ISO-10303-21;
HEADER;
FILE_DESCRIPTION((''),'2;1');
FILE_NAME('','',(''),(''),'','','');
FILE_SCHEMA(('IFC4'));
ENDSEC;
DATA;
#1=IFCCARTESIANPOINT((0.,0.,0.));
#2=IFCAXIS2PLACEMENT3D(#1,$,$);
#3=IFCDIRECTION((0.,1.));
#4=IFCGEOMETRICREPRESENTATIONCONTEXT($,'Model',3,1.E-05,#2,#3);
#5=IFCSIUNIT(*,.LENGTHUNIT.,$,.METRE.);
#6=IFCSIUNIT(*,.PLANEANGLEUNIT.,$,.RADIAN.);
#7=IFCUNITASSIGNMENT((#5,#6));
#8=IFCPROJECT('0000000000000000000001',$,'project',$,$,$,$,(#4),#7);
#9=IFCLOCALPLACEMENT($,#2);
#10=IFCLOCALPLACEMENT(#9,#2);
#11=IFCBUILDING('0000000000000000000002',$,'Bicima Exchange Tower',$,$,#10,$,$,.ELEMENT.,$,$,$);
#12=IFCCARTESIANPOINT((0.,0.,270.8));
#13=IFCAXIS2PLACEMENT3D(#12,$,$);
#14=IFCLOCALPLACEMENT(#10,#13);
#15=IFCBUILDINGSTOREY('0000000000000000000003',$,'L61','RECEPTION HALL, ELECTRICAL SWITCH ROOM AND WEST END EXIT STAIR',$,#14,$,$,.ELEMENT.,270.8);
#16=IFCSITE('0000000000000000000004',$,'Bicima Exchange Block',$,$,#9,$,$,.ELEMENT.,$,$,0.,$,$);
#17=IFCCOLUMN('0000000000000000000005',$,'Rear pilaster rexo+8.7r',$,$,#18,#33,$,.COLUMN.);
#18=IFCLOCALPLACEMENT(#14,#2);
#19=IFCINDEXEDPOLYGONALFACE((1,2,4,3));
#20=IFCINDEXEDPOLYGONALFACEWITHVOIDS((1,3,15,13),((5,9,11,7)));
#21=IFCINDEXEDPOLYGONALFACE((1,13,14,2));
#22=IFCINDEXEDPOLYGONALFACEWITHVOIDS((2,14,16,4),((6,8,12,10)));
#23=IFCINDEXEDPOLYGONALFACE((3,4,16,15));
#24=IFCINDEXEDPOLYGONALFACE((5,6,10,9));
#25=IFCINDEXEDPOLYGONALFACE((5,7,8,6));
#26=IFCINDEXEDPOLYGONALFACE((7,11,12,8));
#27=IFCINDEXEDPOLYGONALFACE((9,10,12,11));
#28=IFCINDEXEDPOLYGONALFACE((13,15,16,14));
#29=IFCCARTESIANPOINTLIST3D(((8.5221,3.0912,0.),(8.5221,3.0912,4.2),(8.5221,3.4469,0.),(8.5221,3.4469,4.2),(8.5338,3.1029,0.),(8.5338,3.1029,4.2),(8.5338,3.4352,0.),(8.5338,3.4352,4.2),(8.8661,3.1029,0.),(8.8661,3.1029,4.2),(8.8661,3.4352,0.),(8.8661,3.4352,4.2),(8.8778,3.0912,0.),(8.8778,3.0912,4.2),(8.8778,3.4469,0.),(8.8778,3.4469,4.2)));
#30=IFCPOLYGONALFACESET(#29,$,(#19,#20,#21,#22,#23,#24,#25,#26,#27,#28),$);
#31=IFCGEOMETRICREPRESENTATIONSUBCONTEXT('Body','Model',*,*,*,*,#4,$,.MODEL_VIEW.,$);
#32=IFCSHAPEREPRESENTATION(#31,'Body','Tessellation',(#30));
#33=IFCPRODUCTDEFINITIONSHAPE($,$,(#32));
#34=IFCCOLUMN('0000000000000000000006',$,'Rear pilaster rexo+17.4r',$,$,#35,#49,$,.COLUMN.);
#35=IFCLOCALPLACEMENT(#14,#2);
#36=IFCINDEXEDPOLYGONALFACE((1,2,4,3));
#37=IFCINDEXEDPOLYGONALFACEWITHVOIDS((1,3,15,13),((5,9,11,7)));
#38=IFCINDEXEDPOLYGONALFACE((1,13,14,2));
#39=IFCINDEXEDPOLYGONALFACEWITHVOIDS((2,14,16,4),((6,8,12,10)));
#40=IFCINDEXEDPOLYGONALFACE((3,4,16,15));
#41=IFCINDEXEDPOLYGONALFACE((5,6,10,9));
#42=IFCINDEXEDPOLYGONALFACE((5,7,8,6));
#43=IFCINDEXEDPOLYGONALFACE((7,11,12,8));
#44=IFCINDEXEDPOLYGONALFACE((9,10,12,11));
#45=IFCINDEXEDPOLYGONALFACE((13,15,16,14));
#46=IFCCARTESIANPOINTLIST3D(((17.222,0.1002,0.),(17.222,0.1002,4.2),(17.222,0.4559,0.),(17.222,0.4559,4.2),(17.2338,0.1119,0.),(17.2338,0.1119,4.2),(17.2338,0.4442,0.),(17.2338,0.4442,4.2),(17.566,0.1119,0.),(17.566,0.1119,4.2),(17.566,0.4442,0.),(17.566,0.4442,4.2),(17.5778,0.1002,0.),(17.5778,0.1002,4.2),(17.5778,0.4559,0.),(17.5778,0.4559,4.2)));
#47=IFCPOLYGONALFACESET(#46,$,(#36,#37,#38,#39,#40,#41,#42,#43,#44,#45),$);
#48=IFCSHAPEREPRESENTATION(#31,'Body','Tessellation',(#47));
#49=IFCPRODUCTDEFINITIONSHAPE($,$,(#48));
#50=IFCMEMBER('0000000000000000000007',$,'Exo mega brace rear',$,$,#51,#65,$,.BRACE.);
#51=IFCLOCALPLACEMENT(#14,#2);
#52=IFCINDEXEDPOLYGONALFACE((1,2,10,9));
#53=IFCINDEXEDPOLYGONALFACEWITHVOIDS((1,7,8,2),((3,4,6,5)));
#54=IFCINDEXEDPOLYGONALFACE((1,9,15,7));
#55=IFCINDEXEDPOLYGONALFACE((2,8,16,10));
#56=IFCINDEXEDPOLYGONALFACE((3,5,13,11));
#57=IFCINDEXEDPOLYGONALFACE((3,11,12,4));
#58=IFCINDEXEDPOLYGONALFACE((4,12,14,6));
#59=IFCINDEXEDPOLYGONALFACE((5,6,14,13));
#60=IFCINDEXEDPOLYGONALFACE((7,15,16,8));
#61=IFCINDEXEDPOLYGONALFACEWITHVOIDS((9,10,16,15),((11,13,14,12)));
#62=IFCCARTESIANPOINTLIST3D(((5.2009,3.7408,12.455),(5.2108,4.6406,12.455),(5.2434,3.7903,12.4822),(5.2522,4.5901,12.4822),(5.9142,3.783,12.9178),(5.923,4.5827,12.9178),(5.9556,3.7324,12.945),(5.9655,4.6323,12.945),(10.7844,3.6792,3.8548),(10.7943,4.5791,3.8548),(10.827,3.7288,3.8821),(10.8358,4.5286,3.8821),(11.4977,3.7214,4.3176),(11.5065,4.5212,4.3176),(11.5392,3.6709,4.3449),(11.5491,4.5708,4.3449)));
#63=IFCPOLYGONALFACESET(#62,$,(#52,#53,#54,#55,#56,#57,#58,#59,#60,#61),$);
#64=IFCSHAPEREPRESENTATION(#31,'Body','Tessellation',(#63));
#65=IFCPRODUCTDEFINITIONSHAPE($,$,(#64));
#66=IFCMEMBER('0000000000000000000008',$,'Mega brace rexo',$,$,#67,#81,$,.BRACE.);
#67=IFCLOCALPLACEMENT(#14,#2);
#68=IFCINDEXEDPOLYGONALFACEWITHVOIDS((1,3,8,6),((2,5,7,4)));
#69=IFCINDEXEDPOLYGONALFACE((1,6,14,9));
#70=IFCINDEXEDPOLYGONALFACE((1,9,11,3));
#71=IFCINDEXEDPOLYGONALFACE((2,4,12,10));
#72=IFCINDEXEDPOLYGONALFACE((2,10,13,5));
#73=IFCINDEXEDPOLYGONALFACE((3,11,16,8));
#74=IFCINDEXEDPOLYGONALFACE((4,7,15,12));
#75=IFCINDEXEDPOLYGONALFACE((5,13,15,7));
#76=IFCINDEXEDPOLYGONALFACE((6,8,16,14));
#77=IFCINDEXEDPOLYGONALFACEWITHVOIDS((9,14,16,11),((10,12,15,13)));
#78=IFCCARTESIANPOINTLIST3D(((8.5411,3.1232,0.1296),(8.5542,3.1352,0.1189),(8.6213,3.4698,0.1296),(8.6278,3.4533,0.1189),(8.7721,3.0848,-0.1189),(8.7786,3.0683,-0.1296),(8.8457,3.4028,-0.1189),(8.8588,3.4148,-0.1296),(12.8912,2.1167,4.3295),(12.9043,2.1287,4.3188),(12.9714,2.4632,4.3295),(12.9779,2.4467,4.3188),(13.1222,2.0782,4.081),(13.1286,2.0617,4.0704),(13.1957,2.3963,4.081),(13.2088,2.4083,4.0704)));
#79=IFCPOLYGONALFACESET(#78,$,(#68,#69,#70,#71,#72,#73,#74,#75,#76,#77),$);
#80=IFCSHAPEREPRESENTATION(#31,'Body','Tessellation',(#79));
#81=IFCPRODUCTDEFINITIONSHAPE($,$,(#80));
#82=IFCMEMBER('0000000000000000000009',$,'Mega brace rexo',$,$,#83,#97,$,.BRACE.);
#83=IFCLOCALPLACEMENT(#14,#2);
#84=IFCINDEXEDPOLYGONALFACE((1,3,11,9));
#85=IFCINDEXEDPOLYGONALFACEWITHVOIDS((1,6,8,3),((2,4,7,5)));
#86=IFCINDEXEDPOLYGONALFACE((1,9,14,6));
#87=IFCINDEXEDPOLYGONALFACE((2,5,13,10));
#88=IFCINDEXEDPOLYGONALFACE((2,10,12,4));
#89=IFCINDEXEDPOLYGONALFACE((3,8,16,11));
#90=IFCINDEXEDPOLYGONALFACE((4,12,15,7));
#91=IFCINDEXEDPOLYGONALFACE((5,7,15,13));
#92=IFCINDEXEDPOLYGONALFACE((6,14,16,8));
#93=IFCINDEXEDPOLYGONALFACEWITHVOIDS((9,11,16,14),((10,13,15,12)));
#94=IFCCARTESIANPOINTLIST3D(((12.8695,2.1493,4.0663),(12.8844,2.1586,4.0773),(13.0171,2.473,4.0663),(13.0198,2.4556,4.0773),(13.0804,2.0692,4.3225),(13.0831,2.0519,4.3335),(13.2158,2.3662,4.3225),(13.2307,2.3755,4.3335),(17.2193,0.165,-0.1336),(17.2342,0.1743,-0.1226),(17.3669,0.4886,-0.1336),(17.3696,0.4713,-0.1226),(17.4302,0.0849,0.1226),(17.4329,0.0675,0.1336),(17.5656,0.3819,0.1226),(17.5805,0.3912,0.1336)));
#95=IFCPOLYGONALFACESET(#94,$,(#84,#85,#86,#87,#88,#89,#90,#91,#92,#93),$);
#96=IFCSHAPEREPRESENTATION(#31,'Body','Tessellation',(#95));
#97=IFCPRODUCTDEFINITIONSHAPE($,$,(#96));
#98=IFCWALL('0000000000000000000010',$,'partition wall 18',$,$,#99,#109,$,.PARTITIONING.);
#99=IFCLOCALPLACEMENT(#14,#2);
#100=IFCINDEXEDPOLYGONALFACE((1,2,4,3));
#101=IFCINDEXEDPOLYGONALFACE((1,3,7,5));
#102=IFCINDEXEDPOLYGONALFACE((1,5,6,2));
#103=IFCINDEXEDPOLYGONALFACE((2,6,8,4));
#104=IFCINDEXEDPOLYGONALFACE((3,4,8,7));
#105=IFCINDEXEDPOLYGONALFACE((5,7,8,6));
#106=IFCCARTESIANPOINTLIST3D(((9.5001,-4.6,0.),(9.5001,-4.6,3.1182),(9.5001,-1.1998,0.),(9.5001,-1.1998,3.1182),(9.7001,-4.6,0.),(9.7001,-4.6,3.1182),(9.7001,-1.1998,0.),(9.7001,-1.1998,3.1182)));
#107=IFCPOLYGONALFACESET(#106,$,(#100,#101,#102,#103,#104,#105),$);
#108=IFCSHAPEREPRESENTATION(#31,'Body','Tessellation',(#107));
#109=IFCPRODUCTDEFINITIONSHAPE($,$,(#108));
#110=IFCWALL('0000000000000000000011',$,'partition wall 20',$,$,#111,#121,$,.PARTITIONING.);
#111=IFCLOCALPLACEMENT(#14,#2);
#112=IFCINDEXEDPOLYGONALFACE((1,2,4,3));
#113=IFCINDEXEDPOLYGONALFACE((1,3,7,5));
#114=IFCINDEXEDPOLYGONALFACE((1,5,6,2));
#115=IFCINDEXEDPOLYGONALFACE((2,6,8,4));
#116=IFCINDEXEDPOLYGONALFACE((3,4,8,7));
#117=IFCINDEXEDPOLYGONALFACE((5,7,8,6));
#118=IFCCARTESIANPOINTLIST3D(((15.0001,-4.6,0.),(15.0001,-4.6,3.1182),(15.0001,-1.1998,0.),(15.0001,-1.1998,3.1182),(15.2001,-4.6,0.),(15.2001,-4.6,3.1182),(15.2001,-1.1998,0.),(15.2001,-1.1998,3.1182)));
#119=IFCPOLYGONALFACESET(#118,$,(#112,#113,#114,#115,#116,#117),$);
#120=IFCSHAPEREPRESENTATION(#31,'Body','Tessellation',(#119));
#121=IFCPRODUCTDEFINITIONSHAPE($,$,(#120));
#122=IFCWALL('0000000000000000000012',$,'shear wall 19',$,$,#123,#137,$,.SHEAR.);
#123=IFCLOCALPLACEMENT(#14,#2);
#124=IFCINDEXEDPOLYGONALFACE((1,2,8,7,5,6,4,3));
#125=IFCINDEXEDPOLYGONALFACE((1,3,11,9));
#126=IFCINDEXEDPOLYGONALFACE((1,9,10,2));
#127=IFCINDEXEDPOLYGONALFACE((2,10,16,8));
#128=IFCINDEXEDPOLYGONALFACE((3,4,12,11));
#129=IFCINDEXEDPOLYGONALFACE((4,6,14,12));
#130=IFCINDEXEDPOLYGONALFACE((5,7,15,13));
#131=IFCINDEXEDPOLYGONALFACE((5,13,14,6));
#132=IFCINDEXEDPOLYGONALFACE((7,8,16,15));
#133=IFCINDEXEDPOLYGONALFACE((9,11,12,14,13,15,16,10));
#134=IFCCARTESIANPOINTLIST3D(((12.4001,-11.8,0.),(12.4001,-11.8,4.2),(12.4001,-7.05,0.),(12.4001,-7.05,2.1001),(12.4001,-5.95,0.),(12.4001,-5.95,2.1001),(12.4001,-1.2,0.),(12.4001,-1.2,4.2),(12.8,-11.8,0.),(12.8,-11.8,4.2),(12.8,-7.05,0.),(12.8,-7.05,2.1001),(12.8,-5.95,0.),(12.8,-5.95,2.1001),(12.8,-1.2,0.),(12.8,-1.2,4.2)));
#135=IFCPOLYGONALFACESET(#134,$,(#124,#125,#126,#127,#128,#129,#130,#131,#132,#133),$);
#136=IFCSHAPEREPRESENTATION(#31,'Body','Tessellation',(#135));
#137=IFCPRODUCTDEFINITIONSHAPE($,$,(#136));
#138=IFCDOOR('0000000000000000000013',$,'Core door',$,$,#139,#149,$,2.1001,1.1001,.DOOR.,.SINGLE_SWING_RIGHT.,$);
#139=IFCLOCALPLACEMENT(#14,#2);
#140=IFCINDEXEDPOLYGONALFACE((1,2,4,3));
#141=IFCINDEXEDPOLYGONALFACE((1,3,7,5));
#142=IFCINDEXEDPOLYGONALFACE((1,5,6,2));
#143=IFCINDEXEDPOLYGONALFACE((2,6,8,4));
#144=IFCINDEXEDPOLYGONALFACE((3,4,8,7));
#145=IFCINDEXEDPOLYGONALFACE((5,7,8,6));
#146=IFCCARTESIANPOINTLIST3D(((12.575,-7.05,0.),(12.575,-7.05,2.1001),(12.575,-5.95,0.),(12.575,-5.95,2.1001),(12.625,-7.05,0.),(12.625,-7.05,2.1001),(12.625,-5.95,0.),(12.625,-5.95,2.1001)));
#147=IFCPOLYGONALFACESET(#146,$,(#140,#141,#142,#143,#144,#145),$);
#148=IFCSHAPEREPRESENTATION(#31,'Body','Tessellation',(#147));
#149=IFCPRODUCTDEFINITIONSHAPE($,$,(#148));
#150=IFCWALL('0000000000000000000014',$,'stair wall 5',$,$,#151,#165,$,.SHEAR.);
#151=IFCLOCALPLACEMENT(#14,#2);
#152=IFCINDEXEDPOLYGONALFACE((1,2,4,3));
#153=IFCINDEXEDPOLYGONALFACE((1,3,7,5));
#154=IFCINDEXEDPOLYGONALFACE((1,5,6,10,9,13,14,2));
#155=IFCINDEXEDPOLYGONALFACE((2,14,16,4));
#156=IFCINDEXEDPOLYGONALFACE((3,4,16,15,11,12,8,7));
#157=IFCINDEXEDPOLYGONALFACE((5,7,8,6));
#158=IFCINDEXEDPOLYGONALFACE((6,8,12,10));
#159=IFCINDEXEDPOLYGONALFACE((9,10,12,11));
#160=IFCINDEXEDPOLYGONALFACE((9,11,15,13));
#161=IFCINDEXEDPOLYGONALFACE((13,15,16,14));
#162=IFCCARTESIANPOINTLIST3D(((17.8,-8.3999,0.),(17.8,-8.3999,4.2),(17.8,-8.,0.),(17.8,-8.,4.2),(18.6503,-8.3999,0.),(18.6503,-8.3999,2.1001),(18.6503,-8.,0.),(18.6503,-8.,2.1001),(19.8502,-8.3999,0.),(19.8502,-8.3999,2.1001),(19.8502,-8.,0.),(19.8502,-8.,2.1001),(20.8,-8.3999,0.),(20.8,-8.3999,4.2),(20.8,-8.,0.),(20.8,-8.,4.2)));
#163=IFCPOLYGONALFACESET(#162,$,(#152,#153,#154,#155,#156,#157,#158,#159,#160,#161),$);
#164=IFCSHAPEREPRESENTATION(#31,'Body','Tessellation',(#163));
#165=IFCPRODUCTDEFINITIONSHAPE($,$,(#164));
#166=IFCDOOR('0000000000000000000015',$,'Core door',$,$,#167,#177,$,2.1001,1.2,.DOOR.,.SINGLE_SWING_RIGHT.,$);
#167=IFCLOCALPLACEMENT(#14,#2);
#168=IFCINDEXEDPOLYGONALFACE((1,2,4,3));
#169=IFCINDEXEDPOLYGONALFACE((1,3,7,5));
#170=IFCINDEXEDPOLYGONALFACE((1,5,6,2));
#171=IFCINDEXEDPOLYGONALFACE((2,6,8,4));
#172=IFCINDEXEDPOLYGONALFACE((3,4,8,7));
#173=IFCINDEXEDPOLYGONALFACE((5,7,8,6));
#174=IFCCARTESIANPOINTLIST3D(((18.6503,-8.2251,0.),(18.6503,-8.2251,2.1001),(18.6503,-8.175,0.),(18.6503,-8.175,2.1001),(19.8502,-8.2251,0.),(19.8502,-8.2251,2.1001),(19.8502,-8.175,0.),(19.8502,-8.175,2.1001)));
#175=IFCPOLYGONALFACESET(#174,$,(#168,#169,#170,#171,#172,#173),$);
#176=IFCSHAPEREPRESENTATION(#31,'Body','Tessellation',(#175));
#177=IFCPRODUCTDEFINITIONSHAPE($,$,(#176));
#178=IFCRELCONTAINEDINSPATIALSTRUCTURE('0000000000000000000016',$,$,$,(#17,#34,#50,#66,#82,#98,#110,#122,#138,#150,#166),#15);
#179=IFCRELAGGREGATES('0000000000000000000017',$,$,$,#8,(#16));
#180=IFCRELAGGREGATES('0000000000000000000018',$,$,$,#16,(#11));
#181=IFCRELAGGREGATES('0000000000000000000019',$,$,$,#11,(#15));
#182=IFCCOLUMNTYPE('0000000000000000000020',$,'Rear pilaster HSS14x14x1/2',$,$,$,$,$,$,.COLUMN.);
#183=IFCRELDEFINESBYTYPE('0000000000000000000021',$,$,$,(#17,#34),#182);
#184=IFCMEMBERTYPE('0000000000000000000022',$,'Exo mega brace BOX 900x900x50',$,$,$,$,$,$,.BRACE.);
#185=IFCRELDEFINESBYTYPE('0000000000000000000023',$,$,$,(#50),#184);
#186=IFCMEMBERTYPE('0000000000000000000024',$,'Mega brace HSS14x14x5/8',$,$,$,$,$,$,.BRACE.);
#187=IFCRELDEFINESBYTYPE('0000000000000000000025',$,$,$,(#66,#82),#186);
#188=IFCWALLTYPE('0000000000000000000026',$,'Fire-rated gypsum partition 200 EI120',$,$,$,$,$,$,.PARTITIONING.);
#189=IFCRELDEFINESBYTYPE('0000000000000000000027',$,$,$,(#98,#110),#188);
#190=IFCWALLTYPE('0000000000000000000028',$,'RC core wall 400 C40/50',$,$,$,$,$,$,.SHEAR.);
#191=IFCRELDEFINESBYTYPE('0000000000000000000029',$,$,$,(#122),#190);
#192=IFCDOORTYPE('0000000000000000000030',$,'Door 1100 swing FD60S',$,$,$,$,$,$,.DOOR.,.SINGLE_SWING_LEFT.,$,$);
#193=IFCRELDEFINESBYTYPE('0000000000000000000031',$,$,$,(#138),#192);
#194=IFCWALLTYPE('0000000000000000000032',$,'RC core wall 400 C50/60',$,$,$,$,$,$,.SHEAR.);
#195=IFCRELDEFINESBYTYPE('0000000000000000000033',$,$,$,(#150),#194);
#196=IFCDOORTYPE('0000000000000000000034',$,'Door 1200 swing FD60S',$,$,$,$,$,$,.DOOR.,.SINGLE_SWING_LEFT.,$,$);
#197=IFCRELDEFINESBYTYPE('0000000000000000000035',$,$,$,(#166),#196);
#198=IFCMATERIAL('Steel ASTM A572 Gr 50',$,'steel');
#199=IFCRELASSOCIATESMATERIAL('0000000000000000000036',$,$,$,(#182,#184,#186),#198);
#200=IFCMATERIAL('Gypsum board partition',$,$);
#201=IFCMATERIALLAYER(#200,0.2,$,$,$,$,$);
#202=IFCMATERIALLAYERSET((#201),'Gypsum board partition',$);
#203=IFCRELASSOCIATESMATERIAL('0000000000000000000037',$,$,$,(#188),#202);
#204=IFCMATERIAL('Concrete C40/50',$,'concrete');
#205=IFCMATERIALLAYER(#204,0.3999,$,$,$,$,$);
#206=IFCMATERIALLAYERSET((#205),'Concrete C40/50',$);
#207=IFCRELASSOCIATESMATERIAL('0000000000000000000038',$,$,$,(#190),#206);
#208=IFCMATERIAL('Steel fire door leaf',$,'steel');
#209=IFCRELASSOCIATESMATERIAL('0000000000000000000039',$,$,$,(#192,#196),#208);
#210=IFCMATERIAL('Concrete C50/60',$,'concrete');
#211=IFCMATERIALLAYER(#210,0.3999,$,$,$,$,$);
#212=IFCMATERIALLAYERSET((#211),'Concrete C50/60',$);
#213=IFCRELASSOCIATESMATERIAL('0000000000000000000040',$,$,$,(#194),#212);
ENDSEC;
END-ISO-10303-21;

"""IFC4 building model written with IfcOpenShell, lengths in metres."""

from ifc_helpers import new_model, si_unit, direction, frame, frame_2d, origin, origin_2d, place, context, subcontext, project, spatial, rectangle, hollow_rectangle, extrude, material, layer, layer_set, material_profile, profile_set, type_object, element, fill, save


model = new_model("IFC4")

# Units and contexts
model_context = context("Model", 3, precision=1e-05, world=origin(), true_north=direction((0.0, 1.0)))
body_context = subcontext(model_context, "Body", "Model", "MODEL_VIEW")
ifc_project = project(units=[si_unit("LENGTHUNIT", "METRE"), si_unit("PLANEANGLEUNIT", "RADIAN")], contexts=[model_context])

# Site, building, storey
site_placement = place(None, origin())
site = spatial("IfcSite", under=ifc_project, at=site_placement, Name="Bicima Exchange Block", CompositionType="ELEMENT", RefElevation=0.0)
building_placement = place(site_placement, origin())
building = spatial("IfcBuilding", under=site, at=building_placement, Name="Bicima Exchange Tower", CompositionType="ELEMENT")
storey_placement = place(building_placement, frame((0.0, 0.0, 270.8)))
storey = spatial("IfcBuildingStorey", under=building, at=storey_placement, Name="L61", Description="RECEPTION HALL, ELECTRICAL SWITCH ROOM AND WEST END EXIT STAIR", CompositionType="ELEMENT", Elevation=270.8)

# Columns
ifc_material_1 = material(Name="Steel ASTM A572 Gr 50", Category="steel")
ifc_material_profile_1 = material_profile(ifc_material_1, hollow_rectangle(XDim=0.3557, YDim=0.3557, WallThickness=0.0117, at=origin_2d()))
ifc_profile_set_1 = profile_set([ifc_material_profile_1], Name="Steel ASTM A572 Gr 50")
column_type = type_object("IfcColumnType", Name="Rear pilaster HSS14x14x1/2", PredefinedType="COLUMN", material=ifc_profile_set_1)
for number, where, z_axis, x_axis, name in (
    (1, (8.7, 3.269, 0.0), (0.0, 0.0, 1.0), (1.0, 0.0, 0.0), "Rear pilaster rexo+8.7r"),
    (2, (17.3999, 0.2781, 0.0), (0.0, 0.0, 1.0), (1.0, 0.0, 0.0), "Rear pilaster rexo+17.4r"),
):
    element("IfcColumn", number, at=place(storey_placement, frame(where, z_axis=z_axis, x_axis=x_axis)), inside=storey, type_object=column_type, Name=name, PredefinedType="COLUMN", context=body_context, shape_type="SweptSolid", body=[
        extrude(hollow_rectangle(XDim=0.3557, YDim=0.3557, WallThickness=0.0117, at=origin_2d()), origin(), (0.0, 0.0, 1.0), 4.2),
    ])

# Members
ifc_material_profile_2 = material_profile(ifc_material_1, hollow_rectangle(XDim=0.8999, YDim=0.8999, WallThickness=0.05, at=origin_2d()))
ifc_profile_set_2 = profile_set([ifc_material_profile_2], Name="Steel ASTM A572 Gr 50")
member_type_1 = type_object("IfcMemberType", Name="Exo mega brace BOX 900x900x50", PredefinedType="BRACE", material=ifc_profile_set_2)
member_1_placement = place(storey_placement, frame((11.1667, 4.125, 4.0999), z_axis=(-0.544528, 0.006, 0.838721), x_axis=(-0.011018, -0.999939, 0.0)))
element("IfcMember", 3, at=member_1_placement, inside=storey, type_object=member_type_1, Name="Exo mega brace rear", PredefinedType="BRACE", context=body_context, shape_type="SweptSolid", body=[
    extrude(hollow_rectangle(XDim=0.8999, YDim=0.8999, WallThickness=0.05, at=origin_2d()), origin(), (0.0, 0.0, 1.0), 10.2539),
])
ifc_material_profile_3 = material_profile(ifc_material_1, hollow_rectangle(XDim=0.3557, YDim=0.3557, WallThickness=0.0146, at=origin_2d()))
ifc_profile_set_3 = profile_set([ifc_material_profile_3], Name="Steel ASTM A572 Gr 50")
member_type_2 = type_object("IfcMemberType", Name="Mega brace HSS14x14x5/8", PredefinedType="BRACE", material=ifc_profile_set_3)
member_2_placement = place(storey_placement, frame((8.7, 3.269, 0.0), z_axis=(0.709648, -0.164209, 0.685154), x_axis=(0.225439, 0.974257, 0.0)))
element("IfcMember", 4, at=member_2_placement, inside=storey, type_object=member_type_2, Name="Mega brace rexo", PredefinedType="BRACE", context=body_context, shape_type="SweptSolid", body=[
    extrude(hollow_rectangle(XDim=0.3557, YDim=0.3557, WallThickness=0.0146, at=origin_2d()), origin(), (0.0, 0.0, 1.0), 6.1299),
])
member_3_placement = place(storey_placement, frame((17.3999, 0.2781, 0.0), z_axis=(-0.683526, 0.31182, 0.65997), x_axis=(-0.415045, -0.909801, 0.0)))
element("IfcMember", 5, at=member_3_placement, inside=storey, type_object=member_type_2, Name="Mega brace rexo", PredefinedType="BRACE", context=body_context, shape_type="SweptSolid", body=[
    extrude(hollow_rectangle(XDim=0.3557, YDim=0.3557, WallThickness=0.0146, at=origin_2d()), origin(), (0.0, 0.0, 1.0), 6.3638),
])

# Walls
ifc_material_2 = material(Name="Gypsum board partition")
ifc_layer_1 = layer(ifc_material_2, 0.2)
ifc_layer_set_1 = layer_set([ifc_layer_1], Name="Gypsum board partition")
wall_type_1 = type_object("IfcWallType", Name="Fire-rated gypsum partition 200 EI120", PredefinedType="PARTITIONING", material=ifc_layer_set_1)
for number, where, z_axis, x_axis, name in (
    (6, (9.6001, -4.6001, 0.0), (0.0, 0.0, 1.0), (0.0, 1.0, 0.0), "partition wall 18"),
    (7, (15.1001, -4.6001, 0.0), (0.0, 0.0, 1.0), (0.0, 1.0, 0.0), "partition wall 20"),
):
    element("IfcWall", number, at=place(storey_placement, frame(where, z_axis=z_axis, x_axis=x_axis)), inside=storey, type_object=wall_type_1, Name=name, PredefinedType="PARTITIONING", context=body_context, shape_type="SweptSolid", body=[
        extrude(rectangle(XDim=3.4001, YDim=0.2, at=frame_2d((1.7002, 0.0))), origin(), (0.0, 0.0, 1.0), 3.1182),
    ])

# Walls, openings, doors
ifc_material_3 = material(Name="Concrete C40/50", Category="concrete")
ifc_layer_2 = layer(ifc_material_3, 0.3999)
ifc_layer_set_2 = layer_set([ifc_layer_2], Name="Concrete C40/50")
wall_type_2 = type_object("IfcWallType", Name="RC core wall 400 C40/50", PredefinedType="SHEAR", material=ifc_layer_set_2)
wall_1_placement = place(storey_placement, frame((12.6001, -11.8, 0.0), z_axis=(0.0, 0.0, 1.0), x_axis=(0.0, 1.0, 0.0)))
wall_1 = element("IfcWall", 8, at=wall_1_placement, inside=storey, type_object=wall_type_2, Name="shear wall 19", PredefinedType="SHEAR", context=body_context, shape_type="SweptSolid", body=[
    extrude(rectangle(XDim=10.6001, YDim=0.3999, at=frame_2d((5.3, 0.0))), origin(), (0.0, 0.0, 1.0), 4.2),
])
opening_1_placement = place(wall_1_placement, frame((4.75, 0.0, 0.0)))
opening_1 = element("IfcOpeningElement", 9, at=opening_1_placement, cuts=wall_1, PredefinedType="OPENING", context=body_context, shape_type="SweptSolid", body=[
    extrude(rectangle(XDim=1.1001, YDim=2.1001, at=frame_2d((0.55, 1.05))), frame((0.0, 0.2119, 0.0), z_axis=(0.0, -1.0, 0.0), x_axis=(1.0, 0.0, 0.0)), (0.0, 0.0, 1.0), 0.4238),
])
ifc_material_4 = material(Name="Steel fire door leaf", Category="steel")
door_type_1 = type_object("IfcDoorType", Name="Door 1100 swing FD60S", OperationType="SINGLE_SWING_LEFT", PredefinedType="DOOR", material=ifc_material_4)
door_1_placement = place(opening_1_placement, frame((1.1001, 0.0, 0.0), z_axis=(0.0, 0.0, 1.0), x_axis=(-1.0, 0.0, 0.0)))
door_1 = element("IfcDoor", 10, at=door_1_placement, inside=storey, type_object=door_type_1, Name="Core door", OperationType="SINGLE_SWING_RIGHT", OverallHeight=2.1001, OverallWidth=1.1001, PredefinedType="DOOR", context=body_context, shape_type="SweptSolid", body=[
    extrude(rectangle(XDim=1.1001, YDim=2.1001, at=frame_2d((0.55, 1.05))), frame((0.0, 0.0249, 0.0), z_axis=(0.0, -1.0, 0.0), x_axis=(1.0, 0.0, 0.0)), (0.0, 0.0, 1.0), 0.05),
])
fill(opening_1, door_1)
ifc_material_5 = material(Name="Concrete C50/60", Category="concrete")
ifc_layer_3 = layer(ifc_material_5, 0.3999)
ifc_layer_set_3 = layer_set([ifc_layer_3], Name="Concrete C50/60")
wall_type_3 = type_object("IfcWallType", Name="RC core wall 400 C50/60", PredefinedType="SHEAR", material=ifc_layer_set_3)
wall_2_placement = place(storey_placement, frame((17.8, -8.2, 0.0), z_axis=(0.0, 0.0, 1.0), x_axis=(1.0, 0.0, 0.0)))
wall_2 = element("IfcWall", 11, at=wall_2_placement, inside=storey, type_object=wall_type_3, Name="stair wall 5", PredefinedType="SHEAR", context=body_context, shape_type="SweptSolid", body=[
    extrude(rectangle(XDim=3.0, YDim=0.3999, at=frame_2d((1.5, 0.0))), origin(), (0.0, 0.0, 1.0), 4.2),
])
opening_2_placement = place(wall_2_placement, frame((0.8501, 0.0, 0.0)))
opening_2 = element("IfcOpeningElement", 12, at=opening_2_placement, cuts=wall_2, PredefinedType="OPENING", context=body_context, shape_type="SweptSolid", body=[
    extrude(rectangle(XDim=1.2, YDim=2.1001, at=frame_2d((0.6001, 1.05))), frame((0.0, 0.2119, 0.0), z_axis=(0.0, -1.0, 0.0), x_axis=(1.0, 0.0, 0.0)), (0.0, 0.0, 1.0), 0.4238),
])
door_type_2 = type_object("IfcDoorType", Name="Door 1200 swing FD60S", OperationType="SINGLE_SWING_LEFT", PredefinedType="DOOR", material=ifc_material_4)
door_2_placement = place(opening_2_placement, origin())
door_2 = element("IfcDoor", 13, at=door_2_placement, inside=storey, type_object=door_type_2, Name="Core door", OperationType="SINGLE_SWING_RIGHT", OverallHeight=2.1001, OverallWidth=1.2, PredefinedType="DOOR", context=body_context, shape_type="SweptSolid", body=[
    extrude(rectangle(XDim=1.2, YDim=2.1001, at=frame_2d((0.6001, 1.05))), frame((0.0, 0.0249, 0.0), z_axis=(0.0, -1.0, 0.0), x_axis=(1.0, 0.0, 0.0)), (0.0, 0.0, 1.0), 0.05),
])
fill(opening_2, door_2)

save(model, "model.ifc")
